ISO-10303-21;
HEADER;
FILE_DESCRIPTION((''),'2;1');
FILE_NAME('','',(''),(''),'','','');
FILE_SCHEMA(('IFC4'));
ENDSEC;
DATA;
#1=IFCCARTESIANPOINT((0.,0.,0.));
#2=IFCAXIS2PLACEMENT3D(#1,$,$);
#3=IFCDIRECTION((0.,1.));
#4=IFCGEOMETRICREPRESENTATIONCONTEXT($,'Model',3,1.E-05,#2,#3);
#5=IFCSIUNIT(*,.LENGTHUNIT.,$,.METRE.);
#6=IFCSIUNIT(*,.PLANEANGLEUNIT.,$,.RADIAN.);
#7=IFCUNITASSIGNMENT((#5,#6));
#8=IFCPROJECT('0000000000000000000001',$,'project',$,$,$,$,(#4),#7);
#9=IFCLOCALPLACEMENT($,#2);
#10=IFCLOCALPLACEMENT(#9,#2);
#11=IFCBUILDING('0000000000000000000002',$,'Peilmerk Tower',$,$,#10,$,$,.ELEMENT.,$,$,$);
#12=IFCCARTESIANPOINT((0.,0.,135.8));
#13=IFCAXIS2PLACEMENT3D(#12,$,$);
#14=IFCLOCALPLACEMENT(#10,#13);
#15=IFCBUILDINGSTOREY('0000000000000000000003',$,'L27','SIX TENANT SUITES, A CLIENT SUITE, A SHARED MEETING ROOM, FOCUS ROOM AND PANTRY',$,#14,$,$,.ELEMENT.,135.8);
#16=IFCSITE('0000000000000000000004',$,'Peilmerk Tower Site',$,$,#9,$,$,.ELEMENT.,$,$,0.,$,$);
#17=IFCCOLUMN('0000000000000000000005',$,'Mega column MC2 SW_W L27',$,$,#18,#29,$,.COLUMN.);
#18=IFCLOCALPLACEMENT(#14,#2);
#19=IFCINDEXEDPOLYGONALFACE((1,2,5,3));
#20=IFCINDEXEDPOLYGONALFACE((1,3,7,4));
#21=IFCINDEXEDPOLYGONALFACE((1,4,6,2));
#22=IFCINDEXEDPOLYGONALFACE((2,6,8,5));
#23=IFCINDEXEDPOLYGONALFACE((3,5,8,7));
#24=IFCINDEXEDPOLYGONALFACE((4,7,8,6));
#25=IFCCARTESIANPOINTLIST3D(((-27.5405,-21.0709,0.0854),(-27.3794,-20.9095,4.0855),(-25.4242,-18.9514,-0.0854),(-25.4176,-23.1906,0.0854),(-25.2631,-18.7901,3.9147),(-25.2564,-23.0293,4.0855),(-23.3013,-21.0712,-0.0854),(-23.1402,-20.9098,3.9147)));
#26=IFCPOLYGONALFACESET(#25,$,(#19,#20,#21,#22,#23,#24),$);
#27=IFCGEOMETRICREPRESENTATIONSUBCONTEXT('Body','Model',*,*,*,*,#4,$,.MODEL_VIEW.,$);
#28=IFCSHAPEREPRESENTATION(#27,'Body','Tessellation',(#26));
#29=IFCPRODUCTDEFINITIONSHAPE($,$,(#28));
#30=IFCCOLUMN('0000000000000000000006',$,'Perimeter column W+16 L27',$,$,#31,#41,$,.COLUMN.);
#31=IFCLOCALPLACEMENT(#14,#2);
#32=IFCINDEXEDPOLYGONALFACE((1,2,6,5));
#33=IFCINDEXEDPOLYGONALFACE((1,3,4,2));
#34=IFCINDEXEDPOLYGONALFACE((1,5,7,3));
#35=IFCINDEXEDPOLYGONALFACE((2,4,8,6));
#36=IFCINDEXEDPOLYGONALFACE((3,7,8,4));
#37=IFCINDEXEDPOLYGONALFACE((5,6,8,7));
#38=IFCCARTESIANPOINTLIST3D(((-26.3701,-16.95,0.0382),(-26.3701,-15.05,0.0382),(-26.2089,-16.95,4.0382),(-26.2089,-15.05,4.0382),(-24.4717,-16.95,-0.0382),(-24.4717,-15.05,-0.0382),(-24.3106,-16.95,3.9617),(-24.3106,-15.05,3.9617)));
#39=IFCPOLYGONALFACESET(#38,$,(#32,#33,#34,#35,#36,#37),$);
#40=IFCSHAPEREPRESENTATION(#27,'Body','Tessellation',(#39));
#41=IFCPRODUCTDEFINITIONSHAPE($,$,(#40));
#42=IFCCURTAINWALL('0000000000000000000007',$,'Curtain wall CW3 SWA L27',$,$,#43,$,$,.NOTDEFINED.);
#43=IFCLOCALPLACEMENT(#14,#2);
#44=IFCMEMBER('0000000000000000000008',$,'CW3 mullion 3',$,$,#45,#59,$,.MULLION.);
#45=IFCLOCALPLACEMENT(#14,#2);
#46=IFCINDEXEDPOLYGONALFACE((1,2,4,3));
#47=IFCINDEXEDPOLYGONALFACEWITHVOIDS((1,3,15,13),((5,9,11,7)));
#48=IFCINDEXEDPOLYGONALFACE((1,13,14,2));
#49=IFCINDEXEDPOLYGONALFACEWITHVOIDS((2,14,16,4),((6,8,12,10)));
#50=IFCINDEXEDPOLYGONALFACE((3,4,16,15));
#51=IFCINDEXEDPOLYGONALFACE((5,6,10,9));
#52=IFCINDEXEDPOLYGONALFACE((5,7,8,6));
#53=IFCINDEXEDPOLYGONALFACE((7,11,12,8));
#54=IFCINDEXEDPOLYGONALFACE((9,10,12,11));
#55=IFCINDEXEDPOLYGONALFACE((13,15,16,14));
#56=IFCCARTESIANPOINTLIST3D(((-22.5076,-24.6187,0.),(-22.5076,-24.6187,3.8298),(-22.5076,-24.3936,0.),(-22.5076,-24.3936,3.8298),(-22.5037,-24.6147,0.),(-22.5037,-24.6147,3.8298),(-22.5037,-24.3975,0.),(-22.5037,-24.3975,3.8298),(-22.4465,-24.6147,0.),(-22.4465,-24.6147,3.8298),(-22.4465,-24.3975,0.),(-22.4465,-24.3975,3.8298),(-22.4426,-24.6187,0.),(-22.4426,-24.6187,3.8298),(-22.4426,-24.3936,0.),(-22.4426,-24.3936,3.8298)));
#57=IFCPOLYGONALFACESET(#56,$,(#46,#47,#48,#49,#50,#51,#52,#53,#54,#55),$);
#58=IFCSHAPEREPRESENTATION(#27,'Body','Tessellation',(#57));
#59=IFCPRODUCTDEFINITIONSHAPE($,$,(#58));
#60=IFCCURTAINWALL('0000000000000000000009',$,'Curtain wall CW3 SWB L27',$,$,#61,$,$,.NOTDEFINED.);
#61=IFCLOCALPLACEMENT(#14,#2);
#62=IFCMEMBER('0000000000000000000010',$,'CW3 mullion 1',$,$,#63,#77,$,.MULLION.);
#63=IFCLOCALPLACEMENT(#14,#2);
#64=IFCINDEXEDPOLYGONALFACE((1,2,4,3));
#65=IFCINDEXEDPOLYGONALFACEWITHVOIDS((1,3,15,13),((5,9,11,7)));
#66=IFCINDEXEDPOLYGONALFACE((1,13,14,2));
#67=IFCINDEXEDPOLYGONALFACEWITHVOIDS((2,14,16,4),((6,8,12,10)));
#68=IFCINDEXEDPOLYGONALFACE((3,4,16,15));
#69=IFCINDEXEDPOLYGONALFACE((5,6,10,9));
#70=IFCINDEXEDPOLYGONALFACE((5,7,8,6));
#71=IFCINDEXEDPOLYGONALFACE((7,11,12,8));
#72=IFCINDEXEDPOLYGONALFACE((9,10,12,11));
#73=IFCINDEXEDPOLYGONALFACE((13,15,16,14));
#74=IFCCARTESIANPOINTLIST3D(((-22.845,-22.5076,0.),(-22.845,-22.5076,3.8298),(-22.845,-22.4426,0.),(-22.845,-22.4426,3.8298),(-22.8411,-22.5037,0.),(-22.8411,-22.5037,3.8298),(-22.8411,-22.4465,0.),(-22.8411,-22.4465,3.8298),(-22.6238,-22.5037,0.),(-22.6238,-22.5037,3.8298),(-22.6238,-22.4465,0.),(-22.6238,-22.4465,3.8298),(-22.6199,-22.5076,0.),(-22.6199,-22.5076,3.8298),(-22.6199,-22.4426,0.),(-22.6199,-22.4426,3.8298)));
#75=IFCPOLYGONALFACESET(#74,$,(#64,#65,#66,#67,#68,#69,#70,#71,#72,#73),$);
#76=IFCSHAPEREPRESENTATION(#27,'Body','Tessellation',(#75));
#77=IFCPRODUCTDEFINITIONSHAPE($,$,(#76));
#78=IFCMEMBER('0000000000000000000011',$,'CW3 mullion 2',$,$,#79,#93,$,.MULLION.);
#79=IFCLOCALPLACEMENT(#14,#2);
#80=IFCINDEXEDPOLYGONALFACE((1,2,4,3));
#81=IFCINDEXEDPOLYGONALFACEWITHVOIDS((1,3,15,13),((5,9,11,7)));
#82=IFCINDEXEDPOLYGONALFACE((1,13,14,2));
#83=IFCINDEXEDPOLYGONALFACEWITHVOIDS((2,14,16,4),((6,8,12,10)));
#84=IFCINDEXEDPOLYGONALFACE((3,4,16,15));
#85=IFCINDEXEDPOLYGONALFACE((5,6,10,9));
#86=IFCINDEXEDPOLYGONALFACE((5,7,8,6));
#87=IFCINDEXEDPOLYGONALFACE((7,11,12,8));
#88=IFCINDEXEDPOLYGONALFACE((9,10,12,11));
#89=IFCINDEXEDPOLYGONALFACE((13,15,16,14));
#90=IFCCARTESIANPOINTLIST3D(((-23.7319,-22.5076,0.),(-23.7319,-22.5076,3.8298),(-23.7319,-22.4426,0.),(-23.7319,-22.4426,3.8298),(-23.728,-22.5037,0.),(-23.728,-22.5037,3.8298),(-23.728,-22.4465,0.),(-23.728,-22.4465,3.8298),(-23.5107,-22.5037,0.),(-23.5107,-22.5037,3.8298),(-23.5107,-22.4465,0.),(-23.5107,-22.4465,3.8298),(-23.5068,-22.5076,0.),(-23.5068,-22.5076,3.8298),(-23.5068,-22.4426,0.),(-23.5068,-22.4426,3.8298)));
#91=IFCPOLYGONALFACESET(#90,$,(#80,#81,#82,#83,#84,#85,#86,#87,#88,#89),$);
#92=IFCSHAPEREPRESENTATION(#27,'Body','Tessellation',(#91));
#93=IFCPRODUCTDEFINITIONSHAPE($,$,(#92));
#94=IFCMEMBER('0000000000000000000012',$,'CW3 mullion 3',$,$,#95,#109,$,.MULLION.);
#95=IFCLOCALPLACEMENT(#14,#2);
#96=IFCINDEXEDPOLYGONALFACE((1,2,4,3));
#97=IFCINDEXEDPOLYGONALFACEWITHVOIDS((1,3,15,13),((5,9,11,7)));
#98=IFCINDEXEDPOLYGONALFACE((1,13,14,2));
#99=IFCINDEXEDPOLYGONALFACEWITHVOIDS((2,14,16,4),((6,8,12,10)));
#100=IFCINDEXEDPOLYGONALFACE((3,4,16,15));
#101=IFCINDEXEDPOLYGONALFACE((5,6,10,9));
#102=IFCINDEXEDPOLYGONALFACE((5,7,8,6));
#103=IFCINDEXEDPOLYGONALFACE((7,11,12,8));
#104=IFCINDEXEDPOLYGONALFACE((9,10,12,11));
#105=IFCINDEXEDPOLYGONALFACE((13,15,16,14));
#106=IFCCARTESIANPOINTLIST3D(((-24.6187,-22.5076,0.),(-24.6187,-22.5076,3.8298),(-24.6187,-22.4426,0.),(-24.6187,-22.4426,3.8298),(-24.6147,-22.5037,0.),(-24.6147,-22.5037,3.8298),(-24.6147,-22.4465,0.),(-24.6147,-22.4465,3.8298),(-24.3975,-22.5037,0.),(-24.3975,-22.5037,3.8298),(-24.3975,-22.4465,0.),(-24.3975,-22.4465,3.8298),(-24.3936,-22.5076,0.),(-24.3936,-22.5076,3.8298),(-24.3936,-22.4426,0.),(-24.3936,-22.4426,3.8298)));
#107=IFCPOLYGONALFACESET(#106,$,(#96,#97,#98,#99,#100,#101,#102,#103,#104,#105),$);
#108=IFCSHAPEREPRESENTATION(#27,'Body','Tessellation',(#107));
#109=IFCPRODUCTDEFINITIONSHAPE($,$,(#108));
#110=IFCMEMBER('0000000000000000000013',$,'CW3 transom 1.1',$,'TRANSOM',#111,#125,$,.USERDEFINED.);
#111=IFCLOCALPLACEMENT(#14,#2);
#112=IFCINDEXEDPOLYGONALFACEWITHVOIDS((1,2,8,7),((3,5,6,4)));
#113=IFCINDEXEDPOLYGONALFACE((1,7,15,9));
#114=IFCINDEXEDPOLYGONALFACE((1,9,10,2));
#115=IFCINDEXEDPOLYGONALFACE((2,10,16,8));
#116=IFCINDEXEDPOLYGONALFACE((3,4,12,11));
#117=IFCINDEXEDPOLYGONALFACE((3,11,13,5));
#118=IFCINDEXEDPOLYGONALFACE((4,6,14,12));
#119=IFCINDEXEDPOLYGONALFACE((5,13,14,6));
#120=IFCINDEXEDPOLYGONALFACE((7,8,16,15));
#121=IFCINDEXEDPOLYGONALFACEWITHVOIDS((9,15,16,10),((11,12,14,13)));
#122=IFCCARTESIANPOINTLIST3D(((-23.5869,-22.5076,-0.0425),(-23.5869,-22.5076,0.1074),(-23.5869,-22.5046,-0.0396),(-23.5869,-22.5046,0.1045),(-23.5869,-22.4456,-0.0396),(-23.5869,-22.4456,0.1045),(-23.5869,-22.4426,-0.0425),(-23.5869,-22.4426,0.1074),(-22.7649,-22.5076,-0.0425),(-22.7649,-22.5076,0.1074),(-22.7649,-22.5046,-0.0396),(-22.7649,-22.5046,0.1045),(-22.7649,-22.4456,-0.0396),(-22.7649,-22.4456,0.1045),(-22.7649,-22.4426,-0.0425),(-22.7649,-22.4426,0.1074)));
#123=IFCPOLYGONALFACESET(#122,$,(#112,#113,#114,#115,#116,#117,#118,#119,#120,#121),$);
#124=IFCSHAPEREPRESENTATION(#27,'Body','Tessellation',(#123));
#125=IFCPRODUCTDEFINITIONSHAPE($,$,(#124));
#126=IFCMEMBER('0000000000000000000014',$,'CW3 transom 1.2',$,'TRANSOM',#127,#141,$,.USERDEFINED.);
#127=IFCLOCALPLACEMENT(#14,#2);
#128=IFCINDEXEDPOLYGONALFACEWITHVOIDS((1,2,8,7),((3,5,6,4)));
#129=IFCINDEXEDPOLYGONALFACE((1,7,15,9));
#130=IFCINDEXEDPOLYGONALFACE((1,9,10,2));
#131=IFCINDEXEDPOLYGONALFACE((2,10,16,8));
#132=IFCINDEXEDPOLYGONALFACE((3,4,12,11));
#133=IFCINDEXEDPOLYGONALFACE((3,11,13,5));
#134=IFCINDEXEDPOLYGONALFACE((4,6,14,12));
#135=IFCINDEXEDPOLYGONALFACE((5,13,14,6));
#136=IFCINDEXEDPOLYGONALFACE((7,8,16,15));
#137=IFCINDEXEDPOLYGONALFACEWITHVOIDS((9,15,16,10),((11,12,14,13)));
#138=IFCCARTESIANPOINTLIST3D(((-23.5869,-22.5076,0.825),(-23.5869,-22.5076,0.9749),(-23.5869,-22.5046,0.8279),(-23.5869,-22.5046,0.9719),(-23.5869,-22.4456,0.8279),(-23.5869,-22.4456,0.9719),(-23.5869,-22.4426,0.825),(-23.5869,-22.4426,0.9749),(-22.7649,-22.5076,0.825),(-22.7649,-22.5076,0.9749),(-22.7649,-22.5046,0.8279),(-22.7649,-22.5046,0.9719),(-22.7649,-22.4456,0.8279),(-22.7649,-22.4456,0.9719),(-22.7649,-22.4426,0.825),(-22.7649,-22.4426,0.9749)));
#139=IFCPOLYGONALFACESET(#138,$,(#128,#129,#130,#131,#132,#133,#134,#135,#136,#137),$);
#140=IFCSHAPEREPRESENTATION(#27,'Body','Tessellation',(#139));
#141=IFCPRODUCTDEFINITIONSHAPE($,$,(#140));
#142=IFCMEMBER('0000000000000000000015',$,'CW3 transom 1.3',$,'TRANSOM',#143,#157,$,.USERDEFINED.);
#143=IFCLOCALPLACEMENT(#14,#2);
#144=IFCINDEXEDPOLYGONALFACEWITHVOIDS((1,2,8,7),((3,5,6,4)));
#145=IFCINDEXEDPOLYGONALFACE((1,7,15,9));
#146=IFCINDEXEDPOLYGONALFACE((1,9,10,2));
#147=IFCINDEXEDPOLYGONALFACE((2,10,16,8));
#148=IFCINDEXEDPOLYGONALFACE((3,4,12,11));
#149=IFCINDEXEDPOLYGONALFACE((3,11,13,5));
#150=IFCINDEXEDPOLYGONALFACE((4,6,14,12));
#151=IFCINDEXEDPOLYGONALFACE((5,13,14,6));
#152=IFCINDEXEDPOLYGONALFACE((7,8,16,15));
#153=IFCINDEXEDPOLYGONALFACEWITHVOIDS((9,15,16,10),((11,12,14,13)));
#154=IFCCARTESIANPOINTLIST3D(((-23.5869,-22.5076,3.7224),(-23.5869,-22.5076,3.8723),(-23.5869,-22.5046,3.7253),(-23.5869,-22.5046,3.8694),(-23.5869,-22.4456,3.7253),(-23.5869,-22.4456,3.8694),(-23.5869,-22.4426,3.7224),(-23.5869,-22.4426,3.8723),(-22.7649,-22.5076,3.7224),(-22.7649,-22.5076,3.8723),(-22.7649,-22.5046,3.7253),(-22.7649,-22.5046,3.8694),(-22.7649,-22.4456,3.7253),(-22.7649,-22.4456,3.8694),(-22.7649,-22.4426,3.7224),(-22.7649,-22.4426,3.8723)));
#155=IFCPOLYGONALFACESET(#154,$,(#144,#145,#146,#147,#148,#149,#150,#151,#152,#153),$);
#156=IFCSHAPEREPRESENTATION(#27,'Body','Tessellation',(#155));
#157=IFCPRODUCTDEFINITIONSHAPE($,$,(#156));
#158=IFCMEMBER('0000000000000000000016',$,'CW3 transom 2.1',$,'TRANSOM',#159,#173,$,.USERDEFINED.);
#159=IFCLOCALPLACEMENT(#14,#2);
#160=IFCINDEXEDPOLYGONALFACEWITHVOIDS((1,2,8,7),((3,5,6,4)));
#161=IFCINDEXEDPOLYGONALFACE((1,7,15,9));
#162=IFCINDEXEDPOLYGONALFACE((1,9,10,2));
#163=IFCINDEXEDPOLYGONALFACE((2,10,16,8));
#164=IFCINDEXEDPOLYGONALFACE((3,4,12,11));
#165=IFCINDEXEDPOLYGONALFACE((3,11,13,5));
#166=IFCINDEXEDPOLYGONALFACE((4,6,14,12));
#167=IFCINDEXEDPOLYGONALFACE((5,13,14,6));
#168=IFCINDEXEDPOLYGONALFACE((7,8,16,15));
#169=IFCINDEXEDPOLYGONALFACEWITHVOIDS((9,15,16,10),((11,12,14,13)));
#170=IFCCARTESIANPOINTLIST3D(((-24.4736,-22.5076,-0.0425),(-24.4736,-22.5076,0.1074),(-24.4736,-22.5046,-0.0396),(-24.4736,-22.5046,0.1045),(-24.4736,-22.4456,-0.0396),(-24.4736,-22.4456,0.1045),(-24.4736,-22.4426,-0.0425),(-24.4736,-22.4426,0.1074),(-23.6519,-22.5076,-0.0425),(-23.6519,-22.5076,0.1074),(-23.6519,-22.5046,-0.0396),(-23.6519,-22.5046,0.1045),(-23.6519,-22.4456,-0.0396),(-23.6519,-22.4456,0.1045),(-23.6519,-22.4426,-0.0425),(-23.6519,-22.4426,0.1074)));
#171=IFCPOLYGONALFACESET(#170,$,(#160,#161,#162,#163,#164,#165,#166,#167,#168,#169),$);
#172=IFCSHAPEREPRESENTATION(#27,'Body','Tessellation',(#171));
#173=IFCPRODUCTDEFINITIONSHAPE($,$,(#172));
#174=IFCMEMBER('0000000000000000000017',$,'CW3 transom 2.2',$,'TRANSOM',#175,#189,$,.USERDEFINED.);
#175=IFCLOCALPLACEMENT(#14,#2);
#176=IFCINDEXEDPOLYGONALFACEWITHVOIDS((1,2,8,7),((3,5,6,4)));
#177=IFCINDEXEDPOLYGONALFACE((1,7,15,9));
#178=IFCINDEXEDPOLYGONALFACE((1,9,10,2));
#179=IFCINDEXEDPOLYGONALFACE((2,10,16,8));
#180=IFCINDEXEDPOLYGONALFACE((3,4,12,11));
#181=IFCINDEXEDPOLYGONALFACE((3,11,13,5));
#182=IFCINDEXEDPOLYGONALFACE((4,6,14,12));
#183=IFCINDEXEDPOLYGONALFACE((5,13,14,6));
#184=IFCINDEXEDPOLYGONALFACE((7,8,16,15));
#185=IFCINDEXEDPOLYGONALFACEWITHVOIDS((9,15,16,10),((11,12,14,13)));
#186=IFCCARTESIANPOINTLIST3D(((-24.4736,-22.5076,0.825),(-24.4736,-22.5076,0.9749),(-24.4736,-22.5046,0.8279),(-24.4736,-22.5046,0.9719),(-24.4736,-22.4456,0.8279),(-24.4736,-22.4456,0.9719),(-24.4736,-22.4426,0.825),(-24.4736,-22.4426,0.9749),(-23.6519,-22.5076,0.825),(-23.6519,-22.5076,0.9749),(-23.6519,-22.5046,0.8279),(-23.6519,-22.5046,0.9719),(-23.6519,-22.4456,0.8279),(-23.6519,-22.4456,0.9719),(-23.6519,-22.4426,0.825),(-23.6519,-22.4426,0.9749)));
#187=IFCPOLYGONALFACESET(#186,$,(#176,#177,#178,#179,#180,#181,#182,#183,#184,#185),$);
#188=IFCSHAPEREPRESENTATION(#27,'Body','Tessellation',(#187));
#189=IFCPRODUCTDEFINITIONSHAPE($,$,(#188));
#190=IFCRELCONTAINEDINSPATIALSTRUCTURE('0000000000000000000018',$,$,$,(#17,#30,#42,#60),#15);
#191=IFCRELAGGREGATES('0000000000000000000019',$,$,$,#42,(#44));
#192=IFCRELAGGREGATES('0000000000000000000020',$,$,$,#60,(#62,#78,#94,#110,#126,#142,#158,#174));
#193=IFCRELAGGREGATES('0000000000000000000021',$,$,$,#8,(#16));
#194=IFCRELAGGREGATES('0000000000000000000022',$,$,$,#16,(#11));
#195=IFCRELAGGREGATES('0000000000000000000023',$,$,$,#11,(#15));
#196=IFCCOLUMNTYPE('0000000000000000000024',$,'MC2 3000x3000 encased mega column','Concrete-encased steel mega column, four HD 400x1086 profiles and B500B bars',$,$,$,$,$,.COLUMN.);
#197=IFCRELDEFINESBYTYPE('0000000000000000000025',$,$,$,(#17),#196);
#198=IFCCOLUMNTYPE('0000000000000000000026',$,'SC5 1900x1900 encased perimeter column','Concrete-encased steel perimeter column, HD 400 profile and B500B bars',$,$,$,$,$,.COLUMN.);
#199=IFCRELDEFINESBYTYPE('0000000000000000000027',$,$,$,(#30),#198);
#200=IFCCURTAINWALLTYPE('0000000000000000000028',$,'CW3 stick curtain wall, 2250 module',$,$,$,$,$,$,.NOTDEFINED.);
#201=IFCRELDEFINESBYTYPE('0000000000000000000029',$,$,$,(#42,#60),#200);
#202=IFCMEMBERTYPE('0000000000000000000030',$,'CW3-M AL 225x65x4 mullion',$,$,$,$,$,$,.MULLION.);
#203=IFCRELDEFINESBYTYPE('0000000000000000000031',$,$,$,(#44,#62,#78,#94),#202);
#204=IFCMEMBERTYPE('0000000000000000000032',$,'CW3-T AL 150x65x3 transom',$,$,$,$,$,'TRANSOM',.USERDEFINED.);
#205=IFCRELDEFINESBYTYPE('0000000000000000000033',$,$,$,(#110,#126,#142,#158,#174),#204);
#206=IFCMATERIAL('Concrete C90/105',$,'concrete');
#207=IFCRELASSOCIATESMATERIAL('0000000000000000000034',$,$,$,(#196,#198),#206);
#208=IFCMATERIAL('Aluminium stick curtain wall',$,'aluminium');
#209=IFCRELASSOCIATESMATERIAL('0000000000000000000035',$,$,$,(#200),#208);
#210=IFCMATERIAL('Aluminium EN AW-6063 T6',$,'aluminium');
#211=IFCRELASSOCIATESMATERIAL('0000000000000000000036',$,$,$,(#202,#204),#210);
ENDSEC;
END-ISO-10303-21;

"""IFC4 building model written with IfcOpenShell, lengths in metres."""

from ifc_helpers import new_model, si_unit, direction, frame, origin, origin_2d, place, context, subcontext, project, spatial, rectangle, hollow_rectangle, extrude, material, material_profile, profile_set, type_object, element, aggregate, save


model = new_model("IFC4")

# Units and contexts
model_context = context("Model", 3, precision=1e-05, world=origin(), true_north=direction((0.0, 1.0)))
body_context = subcontext(model_context, "Body", "Model", "MODEL_VIEW")
ifc_project = project(units=[si_unit("LENGTHUNIT", "METRE"), si_unit("PLANEANGLEUNIT", "RADIAN")], contexts=[model_context])

# Site, building, storey
site_placement = place(None, origin())
site = spatial("IfcSite", under=ifc_project, at=site_placement, Name="Peilmerk Tower Site", CompositionType="ELEMENT", RefElevation=0.0)
building_placement = place(site_placement, origin())
building = spatial("IfcBuilding", under=site, at=building_placement, Name="Peilmerk Tower", CompositionType="ELEMENT")
storey_placement = place(building_placement, frame((0.0, 0.0, 135.8)))
storey = spatial("IfcBuildingStorey", under=building, at=storey_placement, Name="L27", Description="SIX TENANT SUITES, A CLIENT SUITE, A SHARED MEETING ROOM, FOCUS ROOM AND PANTRY", CompositionType="ELEMENT", Elevation=135.8)

# Columns
ifc_material_1 = material(Name="Concrete C90/105", Category="concrete")
ifc_material_profile_1 = material_profile(ifc_material_1, rectangle(XDim=3.0, YDim=3.0, at=origin_2d()), Name="RC 3000x3000")
ifc_profile_set_1 = profile_set([ifc_material_profile_1], Name="Concrete C90/105")
column_type_1 = type_object("IfcColumnType", Name="MC2 3000x3000 encased mega column", Description="Concrete-encased steel mega column, four HD 400x1086 profiles and B500B bars", PredefinedType="COLUMN", material=ifc_profile_set_1)
column_1_placement = place(storey_placement, frame((-25.4209, -21.071, 0.0), z_axis=(0.040218, 0.040279, 0.998379), x_axis=(-0.707642, 0.706571, 0.0)))
element("IfcColumn", 1, at=column_1_placement, inside=storey, type_object=column_type_1, Name="Mega column MC2 SW_W L27", PredefinedType="COLUMN", context=body_context, shape_type="SweptSolid", body=[
    extrude(rectangle(XDim=3.0, YDim=3.0, at=origin_2d()), origin(), (0.0, 0.0, 1.0), 4.0066),
])
ifc_material_profile_2 = material_profile(ifc_material_1, rectangle(XDim=1.8999, YDim=1.8999, at=origin_2d()), Name="RC 1900x1900")
ifc_profile_set_2 = profile_set([ifc_material_profile_2], Name="Concrete C90/105")
column_type_2 = type_object("IfcColumnType", Name="SC5 1900x1900 encased perimeter column", Description="Concrete-encased steel perimeter column, HD 400 profile and B500B bars", PredefinedType="COLUMN", material=ifc_profile_set_2)
column_2_placement = place(storey_placement, frame((-25.4209, -16.0, 0.0), z_axis=(0.040251, 0.0, 0.99919), x_axis=(0.0, 1.0, 0.0)))
element("IfcColumn", 2, at=column_2_placement, inside=storey, type_object=column_type_2, Name="Perimeter column W+16 L27", PredefinedType="COLUMN", context=body_context, shape_type="SweptSolid", body=[
    extrude(rectangle(XDim=1.8999, YDim=1.8999, at=origin_2d()), origin(), (0.0, 0.0, 1.0), 4.0032),
])

# Curtain wall, member
ifc_material_2 = material(Name="Aluminium stick curtain wall", Category="aluminium")
curtain_wall_type = type_object("IfcCurtainWallType", Name="CW3 stick curtain wall, 2250 module", PredefinedType="NOTDEFINED", material=ifc_material_2)
curtain_wall_1_placement = place(storey_placement, origin())
curtain_wall_1 = element("IfcCurtainWall", 3, at=curtain_wall_1_placement, inside=storey, type_object=curtain_wall_type, Name="Curtain wall CW3 SWA L27", PredefinedType="NOTDEFINED")
ifc_material_3 = material(Name="Aluminium EN AW-6063 T6", Category="aluminium")
ifc_material_profile_3 = material_profile(ifc_material_3, hollow_rectangle(XDim=0.0649, YDim=0.2251, WallThickness=0.0039, at=origin_2d()), Name="AL 225x65x4")
ifc_profile_set_3 = profile_set([ifc_material_profile_3], Name="Aluminium EN AW-6063 T6")
member_type_1 = type_object("IfcMemberType", Name="CW3-M AL 225x65x4 mullion", PredefinedType="MULLION", material=ifc_profile_set_3)
member_1_placement = place(storey_placement, frame((-22.4751, -24.5061, 0.0), z_axis=(0.0, 0.0, 1.0), x_axis=(1.0, 0.0, 0.0)))
member_1 = element("IfcMember", 4, at=member_1_placement, type_object=member_type_1, Name="CW3 mullion 3", PredefinedType="MULLION", context=body_context, shape_type="SweptSolid", body=[
    extrude(hollow_rectangle(XDim=0.0649, YDim=0.2251, WallThickness=0.0039, at=origin_2d()), origin(), (0.0, 0.0, 1.0), 3.8298),
])

# Curtain wall, members
curtain_wall_2_placement = place(storey_placement, origin())
curtain_wall_2 = element("IfcCurtainWall", 5, at=curtain_wall_2_placement, inside=storey, type_object=curtain_wall_type, Name="Curtain wall CW3 SWB L27", PredefinedType="NOTDEFINED")
member_2_placement = place(storey_placement, frame((-22.7324, -22.4751, 0.0), z_axis=(0.0, 0.0, 1.0), x_axis=(0.0, -1.0, 0.0)))
member_2 = element("IfcMember", 6, at=member_2_placement, type_object=member_type_1, Name="CW3 mullion 1", PredefinedType="MULLION", context=body_context, shape_type="SweptSolid", body=[
    extrude(hollow_rectangle(XDim=0.0649, YDim=0.2251, WallThickness=0.0039, at=origin_2d()), origin(), (0.0, 0.0, 1.0), 3.8298),
])
member_3_placement = place(storey_placement, frame((-23.6194, -22.4751, 0.0), z_axis=(0.0, 0.0, 1.0), x_axis=(0.0, -1.0, 0.0)))
member_3 = element("IfcMember", 7, at=member_3_placement, type_object=member_type_1, Name="CW3 mullion 2", PredefinedType="MULLION", context=body_context, shape_type="SweptSolid", body=[
    extrude(hollow_rectangle(XDim=0.0649, YDim=0.2251, WallThickness=0.0039, at=origin_2d()), origin(), (0.0, 0.0, 1.0), 3.8298),
])
member_4_placement = place(storey_placement, frame((-24.5061, -22.4751, 0.0), z_axis=(0.0, 0.0, 1.0), x_axis=(0.0, -1.0, 0.0)))
member_4 = element("IfcMember", 8, at=member_4_placement, type_object=member_type_1, Name="CW3 mullion 3", PredefinedType="MULLION", context=body_context, shape_type="SweptSolid", body=[
    extrude(hollow_rectangle(XDim=0.0649, YDim=0.2251, WallThickness=0.0039, at=origin_2d()), origin(), (0.0, 0.0, 1.0), 3.8298),
])
ifc_material_profile_4 = material_profile(ifc_material_3, hollow_rectangle(XDim=0.0649, YDim=0.1499, WallThickness=0.0029, at=origin_2d()), Name="AL 150x65x3")
ifc_profile_set_4 = profile_set([ifc_material_profile_4], Name="Aluminium EN AW-6063 T6")
member_type_2 = type_object("IfcMemberType", Name="CW3-T AL 150x65x3 transom", ElementType="TRANSOM", PredefinedType="USERDEFINED", material=ifc_profile_set_4)
member_5_placement = place(storey_placement, frame((-22.7649, -22.4751, 0.0325), z_axis=(-1.0, 0.0, 0.0), x_axis=(0.0, -1.0, 0.0)))
member_5 = element("IfcMember", 9, at=member_5_placement, type_object=member_type_2, Name="CW3 transom 1.1", ObjectType="TRANSOM", PredefinedType="USERDEFINED", context=body_context, shape_type="SweptSolid", body=[
    extrude(hollow_rectangle(XDim=0.0649, YDim=0.1499, WallThickness=0.0029, at=origin_2d()), origin(), (0.0, 0.0, 1.0), 0.822),
])
member_6_placement = place(storey_placement, frame((-22.7649, -22.4751, 0.8999), z_axis=(-1.0, 0.0, 0.0), x_axis=(0.0, -1.0, 0.0)))
member_6 = element("IfcMember", 10, at=member_6_placement, type_object=member_type_2, Name="CW3 transom 1.2", ObjectType="TRANSOM", PredefinedType="USERDEFINED", context=body_context, shape_type="SweptSolid", body=[
    extrude(hollow_rectangle(XDim=0.0649, YDim=0.1499, WallThickness=0.0029, at=origin_2d()), origin(), (0.0, 0.0, 1.0), 0.822),
])
member_7_placement = place(storey_placement, frame((-22.7649, -22.4751, 3.7974), z_axis=(-1.0, 0.0, 0.0), x_axis=(0.0, -1.0, 0.0)))
member_7 = element("IfcMember", 11, at=member_7_placement, type_object=member_type_2, Name="CW3 transom 1.3", ObjectType="TRANSOM", PredefinedType="USERDEFINED", context=body_context, shape_type="SweptSolid", body=[
    extrude(hollow_rectangle(XDim=0.0649, YDim=0.1499, WallThickness=0.0029, at=origin_2d()), origin(), (0.0, 0.0, 1.0), 0.822),
])
member_8_placement = place(storey_placement, frame((-23.6519, -22.4751, 0.0325), z_axis=(-1.0, 0.0, 0.0), x_axis=(0.0, -1.0, 0.0)))
member_8 = element("IfcMember", 12, at=member_8_placement, type_object=member_type_2, Name="CW3 transom 2.1", ObjectType="TRANSOM", PredefinedType="USERDEFINED", context=body_context, shape_type="SweptSolid", body=[
    extrude(hollow_rectangle(XDim=0.0649, YDim=0.1499, WallThickness=0.0029, at=origin_2d()), origin(), (0.0, 0.0, 1.0), 0.8218),
])
member_9_placement = place(storey_placement, frame((-23.6519, -22.4751, 0.8999), z_axis=(-1.0, 0.0, 0.0), x_axis=(0.0, -1.0, 0.0)))
member_9 = element("IfcMember", 13, at=member_9_placement, type_object=member_type_2, Name="CW3 transom 2.2", ObjectType="TRANSOM", PredefinedType="USERDEFINED", context=body_context, shape_type="SweptSolid", body=[
    extrude(hollow_rectangle(XDim=0.0649, YDim=0.1499, WallThickness=0.0029, at=origin_2d()), origin(), (0.0, 0.0, 1.0), 0.8218),
])

aggregate(curtain_wall_1, [member_1])
aggregate(curtain_wall_2, [member_2, member_3, member_4, member_5, member_6, member_7, member_8, member_9])

save(model, "model.ifc")
